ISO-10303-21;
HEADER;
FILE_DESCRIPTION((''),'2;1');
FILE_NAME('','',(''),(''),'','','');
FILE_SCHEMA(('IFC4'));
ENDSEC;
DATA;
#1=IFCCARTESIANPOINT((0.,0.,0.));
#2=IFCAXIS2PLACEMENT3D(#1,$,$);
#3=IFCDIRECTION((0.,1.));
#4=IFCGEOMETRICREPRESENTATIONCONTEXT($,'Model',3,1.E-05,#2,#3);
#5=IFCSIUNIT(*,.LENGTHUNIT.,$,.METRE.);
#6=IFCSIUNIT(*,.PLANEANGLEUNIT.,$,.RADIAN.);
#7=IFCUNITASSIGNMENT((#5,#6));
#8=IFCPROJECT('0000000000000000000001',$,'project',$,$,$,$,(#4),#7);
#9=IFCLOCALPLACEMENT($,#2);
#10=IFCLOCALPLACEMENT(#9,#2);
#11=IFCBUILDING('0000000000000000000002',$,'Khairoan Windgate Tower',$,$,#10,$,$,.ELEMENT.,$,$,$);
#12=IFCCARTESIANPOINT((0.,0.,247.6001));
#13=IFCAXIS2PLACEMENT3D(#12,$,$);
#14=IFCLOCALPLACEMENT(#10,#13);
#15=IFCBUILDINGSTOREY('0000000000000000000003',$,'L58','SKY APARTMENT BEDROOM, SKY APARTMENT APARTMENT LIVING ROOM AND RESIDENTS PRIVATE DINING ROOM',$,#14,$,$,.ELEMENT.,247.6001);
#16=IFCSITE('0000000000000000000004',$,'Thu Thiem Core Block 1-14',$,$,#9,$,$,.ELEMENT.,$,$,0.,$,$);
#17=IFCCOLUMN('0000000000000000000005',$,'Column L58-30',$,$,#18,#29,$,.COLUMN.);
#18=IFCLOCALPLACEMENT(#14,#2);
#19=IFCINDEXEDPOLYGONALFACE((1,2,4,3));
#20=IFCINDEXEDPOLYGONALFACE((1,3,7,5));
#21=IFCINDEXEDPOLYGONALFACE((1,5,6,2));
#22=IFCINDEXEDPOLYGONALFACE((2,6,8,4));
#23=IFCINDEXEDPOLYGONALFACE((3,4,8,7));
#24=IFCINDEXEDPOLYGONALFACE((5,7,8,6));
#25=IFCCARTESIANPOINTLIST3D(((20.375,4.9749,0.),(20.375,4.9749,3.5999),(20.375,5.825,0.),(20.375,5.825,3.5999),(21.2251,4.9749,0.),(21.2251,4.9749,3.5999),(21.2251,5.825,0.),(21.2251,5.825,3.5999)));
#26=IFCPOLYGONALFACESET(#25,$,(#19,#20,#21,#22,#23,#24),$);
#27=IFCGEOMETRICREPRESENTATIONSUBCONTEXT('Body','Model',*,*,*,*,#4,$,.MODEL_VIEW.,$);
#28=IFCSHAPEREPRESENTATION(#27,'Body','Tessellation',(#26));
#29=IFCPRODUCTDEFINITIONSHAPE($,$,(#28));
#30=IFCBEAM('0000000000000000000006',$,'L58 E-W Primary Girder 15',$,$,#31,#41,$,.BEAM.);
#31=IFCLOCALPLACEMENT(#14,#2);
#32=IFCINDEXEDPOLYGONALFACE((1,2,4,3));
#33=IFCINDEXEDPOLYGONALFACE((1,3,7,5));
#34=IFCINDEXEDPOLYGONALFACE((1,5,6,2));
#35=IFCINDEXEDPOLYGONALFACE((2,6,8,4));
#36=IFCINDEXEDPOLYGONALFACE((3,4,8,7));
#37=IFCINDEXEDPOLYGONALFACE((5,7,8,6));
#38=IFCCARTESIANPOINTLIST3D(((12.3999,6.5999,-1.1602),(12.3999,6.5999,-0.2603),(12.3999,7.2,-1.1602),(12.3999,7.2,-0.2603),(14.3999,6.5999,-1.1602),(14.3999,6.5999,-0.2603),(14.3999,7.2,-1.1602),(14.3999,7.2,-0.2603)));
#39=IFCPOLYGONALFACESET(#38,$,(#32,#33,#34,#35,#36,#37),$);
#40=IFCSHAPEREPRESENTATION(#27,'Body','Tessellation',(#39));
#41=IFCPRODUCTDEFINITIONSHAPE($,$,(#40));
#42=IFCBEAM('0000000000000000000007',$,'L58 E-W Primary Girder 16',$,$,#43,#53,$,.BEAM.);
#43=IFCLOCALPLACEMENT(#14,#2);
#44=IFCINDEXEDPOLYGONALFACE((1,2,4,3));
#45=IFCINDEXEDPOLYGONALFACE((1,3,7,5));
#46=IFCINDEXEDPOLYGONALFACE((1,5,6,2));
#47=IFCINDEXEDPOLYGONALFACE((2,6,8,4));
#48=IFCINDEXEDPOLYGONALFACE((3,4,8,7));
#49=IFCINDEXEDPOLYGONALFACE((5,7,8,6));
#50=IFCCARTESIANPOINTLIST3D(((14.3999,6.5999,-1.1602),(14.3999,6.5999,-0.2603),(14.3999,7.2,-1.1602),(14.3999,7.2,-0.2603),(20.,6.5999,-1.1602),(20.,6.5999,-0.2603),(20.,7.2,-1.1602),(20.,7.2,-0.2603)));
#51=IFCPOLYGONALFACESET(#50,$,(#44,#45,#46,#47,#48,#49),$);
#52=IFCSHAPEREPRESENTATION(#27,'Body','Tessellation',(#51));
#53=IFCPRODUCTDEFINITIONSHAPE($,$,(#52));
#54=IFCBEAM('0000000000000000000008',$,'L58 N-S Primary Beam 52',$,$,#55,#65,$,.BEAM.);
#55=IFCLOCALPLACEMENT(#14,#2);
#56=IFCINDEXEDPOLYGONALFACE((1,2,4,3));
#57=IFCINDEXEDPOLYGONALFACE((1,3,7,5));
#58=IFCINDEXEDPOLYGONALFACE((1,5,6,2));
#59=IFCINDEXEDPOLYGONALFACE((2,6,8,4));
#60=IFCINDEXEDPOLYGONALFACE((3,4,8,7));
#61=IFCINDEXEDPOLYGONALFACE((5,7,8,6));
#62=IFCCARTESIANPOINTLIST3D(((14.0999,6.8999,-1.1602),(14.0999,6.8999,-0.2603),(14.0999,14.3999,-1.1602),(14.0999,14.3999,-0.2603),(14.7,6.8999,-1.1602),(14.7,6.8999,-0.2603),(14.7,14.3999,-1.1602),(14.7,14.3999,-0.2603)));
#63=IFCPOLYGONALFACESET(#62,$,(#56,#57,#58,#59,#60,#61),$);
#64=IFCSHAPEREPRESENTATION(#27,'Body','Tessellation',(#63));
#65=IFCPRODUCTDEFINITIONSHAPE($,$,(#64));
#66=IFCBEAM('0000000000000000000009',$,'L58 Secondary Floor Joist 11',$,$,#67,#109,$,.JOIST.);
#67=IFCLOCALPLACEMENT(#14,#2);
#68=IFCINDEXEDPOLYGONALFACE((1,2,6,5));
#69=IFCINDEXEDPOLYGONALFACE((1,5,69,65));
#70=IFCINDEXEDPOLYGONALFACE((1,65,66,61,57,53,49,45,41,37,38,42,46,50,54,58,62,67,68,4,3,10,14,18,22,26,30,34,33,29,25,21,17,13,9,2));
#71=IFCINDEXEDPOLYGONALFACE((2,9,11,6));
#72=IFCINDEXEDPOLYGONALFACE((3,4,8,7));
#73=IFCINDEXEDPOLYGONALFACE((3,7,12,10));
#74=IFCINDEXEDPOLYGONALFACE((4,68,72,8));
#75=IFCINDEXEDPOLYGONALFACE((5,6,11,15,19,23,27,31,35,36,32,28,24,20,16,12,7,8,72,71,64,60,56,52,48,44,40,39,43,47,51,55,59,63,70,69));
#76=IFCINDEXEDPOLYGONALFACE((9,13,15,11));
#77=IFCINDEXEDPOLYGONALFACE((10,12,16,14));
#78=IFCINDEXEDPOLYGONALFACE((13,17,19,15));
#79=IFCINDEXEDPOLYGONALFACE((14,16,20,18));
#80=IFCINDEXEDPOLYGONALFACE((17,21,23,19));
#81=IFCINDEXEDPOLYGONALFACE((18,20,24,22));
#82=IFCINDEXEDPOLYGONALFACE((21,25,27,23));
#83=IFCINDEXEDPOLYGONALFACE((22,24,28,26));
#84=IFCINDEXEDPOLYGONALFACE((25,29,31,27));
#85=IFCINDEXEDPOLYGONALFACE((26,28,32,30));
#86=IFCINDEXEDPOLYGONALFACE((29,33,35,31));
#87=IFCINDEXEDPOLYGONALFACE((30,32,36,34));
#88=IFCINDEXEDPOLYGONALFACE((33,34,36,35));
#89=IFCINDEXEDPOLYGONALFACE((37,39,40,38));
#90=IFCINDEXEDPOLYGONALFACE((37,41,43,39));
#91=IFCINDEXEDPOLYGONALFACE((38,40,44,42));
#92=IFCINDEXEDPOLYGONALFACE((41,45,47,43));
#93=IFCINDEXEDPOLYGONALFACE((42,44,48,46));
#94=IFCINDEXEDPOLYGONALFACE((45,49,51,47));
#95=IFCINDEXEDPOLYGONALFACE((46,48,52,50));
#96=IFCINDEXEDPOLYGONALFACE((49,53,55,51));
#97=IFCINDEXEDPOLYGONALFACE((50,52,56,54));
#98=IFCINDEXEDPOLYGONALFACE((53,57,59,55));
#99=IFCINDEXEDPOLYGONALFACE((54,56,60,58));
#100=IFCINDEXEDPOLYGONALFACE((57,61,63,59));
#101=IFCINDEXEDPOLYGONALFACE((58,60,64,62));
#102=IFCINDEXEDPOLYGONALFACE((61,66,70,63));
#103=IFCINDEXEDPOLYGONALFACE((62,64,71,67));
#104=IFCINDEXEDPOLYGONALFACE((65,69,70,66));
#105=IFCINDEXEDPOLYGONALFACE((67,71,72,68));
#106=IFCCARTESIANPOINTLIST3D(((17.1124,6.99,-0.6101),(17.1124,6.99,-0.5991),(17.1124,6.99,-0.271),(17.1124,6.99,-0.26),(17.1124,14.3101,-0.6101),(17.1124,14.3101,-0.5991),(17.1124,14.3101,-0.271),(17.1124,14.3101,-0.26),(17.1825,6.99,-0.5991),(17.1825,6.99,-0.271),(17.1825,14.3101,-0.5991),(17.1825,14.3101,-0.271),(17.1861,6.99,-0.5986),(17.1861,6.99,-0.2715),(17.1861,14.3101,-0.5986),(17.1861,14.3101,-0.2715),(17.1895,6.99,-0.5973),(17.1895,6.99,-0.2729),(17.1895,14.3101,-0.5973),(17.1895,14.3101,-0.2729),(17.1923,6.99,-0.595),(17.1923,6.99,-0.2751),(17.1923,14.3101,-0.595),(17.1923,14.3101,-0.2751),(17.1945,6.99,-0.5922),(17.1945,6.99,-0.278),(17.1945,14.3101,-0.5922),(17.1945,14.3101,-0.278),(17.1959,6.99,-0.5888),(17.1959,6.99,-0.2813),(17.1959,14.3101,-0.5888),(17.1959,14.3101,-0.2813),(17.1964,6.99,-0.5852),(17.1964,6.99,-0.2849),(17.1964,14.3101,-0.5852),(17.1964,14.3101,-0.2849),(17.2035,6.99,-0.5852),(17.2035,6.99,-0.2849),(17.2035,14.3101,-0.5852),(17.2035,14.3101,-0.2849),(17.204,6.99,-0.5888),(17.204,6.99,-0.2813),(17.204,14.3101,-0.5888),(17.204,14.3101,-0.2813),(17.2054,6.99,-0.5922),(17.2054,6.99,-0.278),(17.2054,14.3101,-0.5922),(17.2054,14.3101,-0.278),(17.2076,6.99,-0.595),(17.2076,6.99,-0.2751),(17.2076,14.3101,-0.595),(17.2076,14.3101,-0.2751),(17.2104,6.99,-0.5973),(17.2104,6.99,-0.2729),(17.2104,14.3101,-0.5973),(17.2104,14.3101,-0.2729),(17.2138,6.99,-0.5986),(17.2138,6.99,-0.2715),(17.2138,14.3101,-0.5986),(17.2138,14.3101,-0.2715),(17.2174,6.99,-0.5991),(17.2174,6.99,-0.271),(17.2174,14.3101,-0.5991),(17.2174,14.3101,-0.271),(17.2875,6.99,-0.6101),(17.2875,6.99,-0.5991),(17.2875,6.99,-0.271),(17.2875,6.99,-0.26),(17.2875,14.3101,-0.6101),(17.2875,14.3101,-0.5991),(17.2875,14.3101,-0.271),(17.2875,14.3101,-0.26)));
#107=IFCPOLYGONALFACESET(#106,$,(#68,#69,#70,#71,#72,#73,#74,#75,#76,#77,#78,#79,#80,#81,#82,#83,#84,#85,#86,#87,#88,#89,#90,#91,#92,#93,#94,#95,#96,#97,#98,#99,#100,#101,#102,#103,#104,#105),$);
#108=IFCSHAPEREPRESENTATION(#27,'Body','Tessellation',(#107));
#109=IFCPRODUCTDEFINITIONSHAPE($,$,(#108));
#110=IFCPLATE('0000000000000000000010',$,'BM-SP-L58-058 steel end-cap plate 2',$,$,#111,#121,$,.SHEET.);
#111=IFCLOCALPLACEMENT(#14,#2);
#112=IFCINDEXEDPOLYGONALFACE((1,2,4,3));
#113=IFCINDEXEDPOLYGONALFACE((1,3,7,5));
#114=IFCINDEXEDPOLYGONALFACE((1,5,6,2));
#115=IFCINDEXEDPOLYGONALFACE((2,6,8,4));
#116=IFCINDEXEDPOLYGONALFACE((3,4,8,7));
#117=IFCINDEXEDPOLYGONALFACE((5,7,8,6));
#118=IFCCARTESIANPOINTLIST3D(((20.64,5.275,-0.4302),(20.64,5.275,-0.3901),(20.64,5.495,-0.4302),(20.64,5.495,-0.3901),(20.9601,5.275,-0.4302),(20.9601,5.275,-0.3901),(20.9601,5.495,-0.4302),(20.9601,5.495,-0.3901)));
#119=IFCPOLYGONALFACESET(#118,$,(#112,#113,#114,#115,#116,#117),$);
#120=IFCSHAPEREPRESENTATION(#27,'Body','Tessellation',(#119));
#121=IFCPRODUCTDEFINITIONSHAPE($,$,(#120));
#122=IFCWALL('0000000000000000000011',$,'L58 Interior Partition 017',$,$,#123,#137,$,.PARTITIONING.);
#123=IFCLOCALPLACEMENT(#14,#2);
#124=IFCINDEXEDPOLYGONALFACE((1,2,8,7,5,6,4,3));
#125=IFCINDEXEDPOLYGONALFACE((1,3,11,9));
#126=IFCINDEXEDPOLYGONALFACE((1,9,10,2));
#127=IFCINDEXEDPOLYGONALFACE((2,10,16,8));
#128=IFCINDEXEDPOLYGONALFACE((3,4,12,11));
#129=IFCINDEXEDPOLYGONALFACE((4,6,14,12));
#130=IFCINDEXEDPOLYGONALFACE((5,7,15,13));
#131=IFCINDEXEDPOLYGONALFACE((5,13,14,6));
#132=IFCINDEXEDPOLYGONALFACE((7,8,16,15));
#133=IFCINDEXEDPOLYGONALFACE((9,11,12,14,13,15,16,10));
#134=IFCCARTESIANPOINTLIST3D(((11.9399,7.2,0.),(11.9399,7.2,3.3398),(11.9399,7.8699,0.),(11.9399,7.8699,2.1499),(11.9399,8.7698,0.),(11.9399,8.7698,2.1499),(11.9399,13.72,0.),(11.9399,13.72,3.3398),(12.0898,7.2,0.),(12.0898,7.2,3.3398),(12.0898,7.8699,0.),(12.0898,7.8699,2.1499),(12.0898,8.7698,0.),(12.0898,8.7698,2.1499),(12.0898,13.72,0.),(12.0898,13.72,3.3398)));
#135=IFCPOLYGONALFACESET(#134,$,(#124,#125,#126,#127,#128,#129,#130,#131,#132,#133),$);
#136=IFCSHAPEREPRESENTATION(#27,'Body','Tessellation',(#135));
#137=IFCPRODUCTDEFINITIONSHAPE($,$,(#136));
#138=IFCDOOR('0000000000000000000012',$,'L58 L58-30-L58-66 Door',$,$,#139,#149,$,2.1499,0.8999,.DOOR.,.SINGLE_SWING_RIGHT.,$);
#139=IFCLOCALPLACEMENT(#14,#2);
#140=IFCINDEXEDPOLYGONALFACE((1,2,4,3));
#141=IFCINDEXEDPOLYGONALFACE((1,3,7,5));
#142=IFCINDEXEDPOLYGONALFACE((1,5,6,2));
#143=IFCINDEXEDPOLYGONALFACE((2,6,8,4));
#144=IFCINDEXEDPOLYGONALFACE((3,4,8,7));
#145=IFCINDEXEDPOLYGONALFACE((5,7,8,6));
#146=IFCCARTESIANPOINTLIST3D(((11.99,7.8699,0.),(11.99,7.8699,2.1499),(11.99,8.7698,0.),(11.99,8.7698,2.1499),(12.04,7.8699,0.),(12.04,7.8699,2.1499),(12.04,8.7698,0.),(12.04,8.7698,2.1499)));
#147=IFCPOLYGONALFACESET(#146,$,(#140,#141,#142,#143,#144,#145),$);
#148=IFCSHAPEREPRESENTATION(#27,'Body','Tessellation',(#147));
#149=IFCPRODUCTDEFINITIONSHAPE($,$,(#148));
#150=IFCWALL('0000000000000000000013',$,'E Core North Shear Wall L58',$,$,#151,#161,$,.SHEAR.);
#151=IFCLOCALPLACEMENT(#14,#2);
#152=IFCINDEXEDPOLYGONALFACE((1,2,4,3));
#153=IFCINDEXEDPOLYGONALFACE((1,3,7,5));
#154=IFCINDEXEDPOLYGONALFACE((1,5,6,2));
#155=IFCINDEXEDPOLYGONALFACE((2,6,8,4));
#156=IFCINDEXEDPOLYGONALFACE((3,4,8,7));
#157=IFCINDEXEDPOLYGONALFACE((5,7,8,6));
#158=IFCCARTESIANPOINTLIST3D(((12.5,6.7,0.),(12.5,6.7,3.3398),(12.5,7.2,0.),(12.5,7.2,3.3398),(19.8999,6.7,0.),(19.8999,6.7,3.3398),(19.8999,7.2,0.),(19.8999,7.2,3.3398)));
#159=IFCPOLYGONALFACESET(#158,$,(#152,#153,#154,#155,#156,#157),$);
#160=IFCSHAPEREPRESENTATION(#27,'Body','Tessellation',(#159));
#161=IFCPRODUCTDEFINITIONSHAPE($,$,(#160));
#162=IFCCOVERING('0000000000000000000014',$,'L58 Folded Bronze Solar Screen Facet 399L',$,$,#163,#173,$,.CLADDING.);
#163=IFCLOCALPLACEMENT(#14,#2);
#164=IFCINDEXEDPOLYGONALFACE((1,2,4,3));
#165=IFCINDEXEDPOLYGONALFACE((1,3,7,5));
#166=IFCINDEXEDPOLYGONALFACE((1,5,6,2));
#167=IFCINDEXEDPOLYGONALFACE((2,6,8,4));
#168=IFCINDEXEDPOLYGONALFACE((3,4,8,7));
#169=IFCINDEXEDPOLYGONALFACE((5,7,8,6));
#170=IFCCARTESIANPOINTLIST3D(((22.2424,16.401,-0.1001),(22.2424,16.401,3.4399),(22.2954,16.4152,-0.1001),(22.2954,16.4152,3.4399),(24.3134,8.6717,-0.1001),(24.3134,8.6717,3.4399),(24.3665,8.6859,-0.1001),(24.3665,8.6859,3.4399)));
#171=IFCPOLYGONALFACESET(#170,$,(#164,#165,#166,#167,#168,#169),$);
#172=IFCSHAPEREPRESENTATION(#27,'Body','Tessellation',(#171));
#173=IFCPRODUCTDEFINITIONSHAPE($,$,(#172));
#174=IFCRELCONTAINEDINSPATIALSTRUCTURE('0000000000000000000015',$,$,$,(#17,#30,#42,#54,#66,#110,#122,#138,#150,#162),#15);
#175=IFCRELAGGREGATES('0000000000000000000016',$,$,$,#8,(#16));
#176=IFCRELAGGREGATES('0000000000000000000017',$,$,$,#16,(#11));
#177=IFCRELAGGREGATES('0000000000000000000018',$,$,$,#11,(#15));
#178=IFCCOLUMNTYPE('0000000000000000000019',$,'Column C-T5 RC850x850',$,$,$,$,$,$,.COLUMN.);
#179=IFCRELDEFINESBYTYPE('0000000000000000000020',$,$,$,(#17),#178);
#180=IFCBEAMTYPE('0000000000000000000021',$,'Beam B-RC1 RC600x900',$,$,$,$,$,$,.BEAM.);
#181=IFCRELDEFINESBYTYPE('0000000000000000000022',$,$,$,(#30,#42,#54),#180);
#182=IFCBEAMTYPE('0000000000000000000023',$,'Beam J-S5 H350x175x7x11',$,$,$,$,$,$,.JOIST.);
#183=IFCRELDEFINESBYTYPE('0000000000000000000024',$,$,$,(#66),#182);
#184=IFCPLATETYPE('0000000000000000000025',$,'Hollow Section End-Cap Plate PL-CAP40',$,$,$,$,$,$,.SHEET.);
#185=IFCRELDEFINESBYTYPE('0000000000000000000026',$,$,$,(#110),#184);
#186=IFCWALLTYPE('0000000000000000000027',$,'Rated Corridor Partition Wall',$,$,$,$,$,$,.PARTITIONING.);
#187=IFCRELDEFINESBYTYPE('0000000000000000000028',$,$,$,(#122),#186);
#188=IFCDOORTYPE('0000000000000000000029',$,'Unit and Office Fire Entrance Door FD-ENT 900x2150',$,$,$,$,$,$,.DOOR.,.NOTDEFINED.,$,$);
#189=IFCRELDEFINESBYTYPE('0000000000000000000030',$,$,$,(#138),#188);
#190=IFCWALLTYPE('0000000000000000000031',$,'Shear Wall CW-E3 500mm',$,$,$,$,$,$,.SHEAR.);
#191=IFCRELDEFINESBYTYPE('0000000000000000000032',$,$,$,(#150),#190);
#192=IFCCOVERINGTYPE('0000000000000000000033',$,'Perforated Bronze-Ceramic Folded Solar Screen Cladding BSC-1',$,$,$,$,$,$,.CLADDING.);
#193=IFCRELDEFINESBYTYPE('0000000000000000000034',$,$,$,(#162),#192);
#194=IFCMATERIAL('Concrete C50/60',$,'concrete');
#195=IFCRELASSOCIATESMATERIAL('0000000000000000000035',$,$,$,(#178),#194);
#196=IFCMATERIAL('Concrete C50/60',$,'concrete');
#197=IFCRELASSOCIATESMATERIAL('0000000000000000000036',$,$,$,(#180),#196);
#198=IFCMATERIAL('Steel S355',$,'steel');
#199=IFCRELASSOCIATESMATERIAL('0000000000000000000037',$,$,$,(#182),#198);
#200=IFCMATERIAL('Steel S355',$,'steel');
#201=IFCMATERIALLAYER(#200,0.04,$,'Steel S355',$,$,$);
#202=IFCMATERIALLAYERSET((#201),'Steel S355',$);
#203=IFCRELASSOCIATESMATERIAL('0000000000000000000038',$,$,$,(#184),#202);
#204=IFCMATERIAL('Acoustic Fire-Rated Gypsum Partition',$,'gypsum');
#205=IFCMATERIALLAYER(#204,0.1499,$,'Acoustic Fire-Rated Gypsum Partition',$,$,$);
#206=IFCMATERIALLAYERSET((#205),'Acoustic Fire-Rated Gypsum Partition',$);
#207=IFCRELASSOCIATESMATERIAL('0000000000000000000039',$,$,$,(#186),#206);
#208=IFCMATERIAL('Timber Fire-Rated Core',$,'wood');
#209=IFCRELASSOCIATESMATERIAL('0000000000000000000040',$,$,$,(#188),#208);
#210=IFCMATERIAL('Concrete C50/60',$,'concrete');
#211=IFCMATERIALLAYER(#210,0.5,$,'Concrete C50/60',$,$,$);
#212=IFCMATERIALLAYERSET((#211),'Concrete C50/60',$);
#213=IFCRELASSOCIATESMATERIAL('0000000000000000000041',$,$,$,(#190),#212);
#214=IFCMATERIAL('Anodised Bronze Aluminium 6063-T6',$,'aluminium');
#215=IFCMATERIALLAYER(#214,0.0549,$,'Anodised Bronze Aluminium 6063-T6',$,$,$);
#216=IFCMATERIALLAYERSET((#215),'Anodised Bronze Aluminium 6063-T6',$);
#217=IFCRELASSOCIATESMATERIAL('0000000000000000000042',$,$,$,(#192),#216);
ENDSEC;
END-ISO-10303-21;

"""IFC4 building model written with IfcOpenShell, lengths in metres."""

from ifc_helpers import new_model, si_unit, direction, frame, frame_2d, origin, origin_2d, place, context, subcontext, project, spatial, rectangle, i_section, extrude, material, layer, layer_set, material_profile, profile_set, type_object, element, fill, save


model = new_model("IFC4")

# Units and contexts
model_context = context("Model", 3, precision=1e-05, world=origin(), true_north=direction((0.0, 1.0)))
body_context = subcontext(model_context, "Body", "Model", "MODEL_VIEW")
ifc_project = project(units=[si_unit("LENGTHUNIT", "METRE"), si_unit("PLANEANGLEUNIT", "RADIAN")], contexts=[model_context])

# Site, building, storey
site_placement = place(None, origin())
site = spatial("IfcSite", under=ifc_project, at=site_placement, Name="Thu Thiem Core Block 1-14", CompositionType="ELEMENT", RefElevation=0.0)
building_placement = place(site_placement, origin())
building = spatial("IfcBuilding", under=site, at=building_placement, Name="Khairoan Windgate Tower", CompositionType="ELEMENT")
storey_placement = place(building_placement, frame((0.0, 0.0, 247.6001)))
storey = spatial("IfcBuildingStorey", under=building, at=storey_placement, Name="L58", Description="SKY APARTMENT BEDROOM, SKY APARTMENT APARTMENT LIVING ROOM AND RESIDENTS PRIVATE DINING ROOM", CompositionType="ELEMENT", Elevation=247.6001)

# Column
ifc_material_1 = material(Name="Concrete C50/60", Category="concrete")
ifc_material_profile_1 = material_profile(ifc_material_1, rectangle(XDim=0.8501, YDim=0.8501, at=origin_2d()))
ifc_profile_set_1 = profile_set([ifc_material_profile_1], Name="Concrete C50/60")
column_type = type_object("IfcColumnType", Name="Column C-T5 RC850x850", PredefinedType="COLUMN", material=ifc_profile_set_1)
column_placement = place(storey_placement, frame((20.8, 5.3999, 0.0), z_axis=(0.0, 0.0, 1.0), x_axis=(1.0, 0.0, 0.0)))
element("IfcColumn", 1, at=column_placement, inside=storey, type_object=column_type, Name="Column L58-30", PredefinedType="COLUMN", context=body_context, shape_type="SweptSolid", body=[
    extrude(rectangle(XDim=0.8501, YDim=0.8501, at=origin_2d()), origin(), (0.0, 0.0, 1.0), 3.5999),
])

# Beams
ifc_material_2 = material(Name="Concrete C50/60", Category="concrete")
ifc_material_profile_2 = material_profile(ifc_material_2, rectangle(XDim=0.6001, YDim=0.8999, at=origin_2d()))
ifc_profile_set_2 = profile_set([ifc_material_profile_2], Name="Concrete C50/60")
beam_type_1 = type_object("IfcBeamType", Name="Beam B-RC1 RC600x900", PredefinedType="BEAM", material=ifc_profile_set_2)
beam_1_placement = place(storey_placement, frame((12.3999, 6.8999, -0.7102), z_axis=(1.0, 0.0, 0.0), x_axis=(0.0, 1.0, 0.0)))
element("IfcBeam", 2, at=beam_1_placement, inside=storey, type_object=beam_type_1, Name="L58 E-W Primary Girder 15", PredefinedType="BEAM", context=body_context, shape_type="SweptSolid", body=[
    extrude(rectangle(XDim=0.6001, YDim=0.8999, at=origin_2d()), origin(), (0.0, 0.0, 1.0), 2.0),
])
beam_2_placement = place(storey_placement, frame((14.3999, 6.8999, -0.7102), z_axis=(1.0, 0.0, 0.0), x_axis=(0.0, 1.0, 0.0)))
element("IfcBeam", 3, at=beam_2_placement, inside=storey, type_object=beam_type_1, Name="L58 E-W Primary Girder 16", PredefinedType="BEAM", context=body_context, shape_type="SweptSolid", body=[
    extrude(rectangle(XDim=0.6001, YDim=0.8999, at=origin_2d()), origin(), (0.0, 0.0, 1.0), 5.6001),
])
beam_3_placement = place(storey_placement, frame((14.3999, 6.8999, -0.7102), z_axis=(0.0, 1.0, 0.0), x_axis=(-1.0, 0.0, 0.0)))
element("IfcBeam", 4, at=beam_3_placement, inside=storey, type_object=beam_type_1, Name="L58 N-S Primary Beam 52", PredefinedType="BEAM", context=body_context, shape_type="SweptSolid", body=[
    extrude(rectangle(XDim=0.6001, YDim=0.8999, at=origin_2d()), origin(), (0.0, 0.0, 1.0), 7.5),
])
ifc_material_3 = material(Name="Steel S355", Category="steel")
ifc_material_profile_3 = material_profile(ifc_material_3, i_section(OverallWidth=0.175, OverallDepth=0.3501, WebThickness=0.0071, FlangeThickness=0.011, FilletRadius=0.0139, at=origin_2d()))
ifc_profile_set_3 = profile_set([ifc_material_profile_3], Name="Steel S355")
beam_type_2 = type_object("IfcBeamType", Name="Beam J-S5 H350x175x7x11", PredefinedType="JOIST", material=ifc_profile_set_3)
beam_4_placement = place(storey_placement, frame((17.2, 6.99, -0.4351), z_axis=(0.0, 1.0, 0.0), x_axis=(-1.0, 0.0, 0.0)))
element("IfcBeam", 5, at=beam_4_placement, inside=storey, type_object=beam_type_2, Name="L58 Secondary Floor Joist 11", PredefinedType="JOIST", context=body_context, shape_type="SweptSolid", body=[
    extrude(i_section(OverallWidth=0.175, OverallDepth=0.3501, WebThickness=0.0071, FlangeThickness=0.011, FilletRadius=0.0139, at=origin_2d()), origin(), (0.0, 0.0, 1.0), 7.3201),
])

# Plate
ifc_material_4 = material(Name="Steel S355", Category="steel")
ifc_layer_1 = layer(ifc_material_4, 0.04, Name="Steel S355")
ifc_layer_set_1 = layer_set([ifc_layer_1], Name="Steel S355")
plate_type = type_object("IfcPlateType", Name="Hollow Section End-Cap Plate PL-CAP40", PredefinedType="SHEET", material=ifc_layer_set_1)
plate_placement = place(storey_placement, frame((20.8, 5.385, -0.4302), z_axis=(0.0, 0.0, 1.0), x_axis=(0.0, 1.0, 0.0)))
element("IfcPlate", 6, at=plate_placement, inside=storey, type_object=plate_type, Name="BM-SP-L58-058 steel end-cap plate 2", PredefinedType="SHEET", context=body_context, shape_type="SweptSolid", body=[
    extrude(rectangle(XDim=0.22, YDim=0.3201, at=origin_2d()), origin(), (0.0, 0.0, 1.0), 0.04),
])

# Wall, opening, door
ifc_material_5 = material(Name="Acoustic Fire-Rated Gypsum Partition", Category="gypsum")
ifc_layer_2 = layer(ifc_material_5, 0.1499, Name="Acoustic Fire-Rated Gypsum Partition")
ifc_layer_set_2 = layer_set([ifc_layer_2], Name="Acoustic Fire-Rated Gypsum Partition")
wall_type_1 = type_object("IfcWallType", Name="Rated Corridor Partition Wall", PredefinedType="PARTITIONING", material=ifc_layer_set_2)
wall_1_placement = place(storey_placement, frame((12.0149, 7.2, 0.0), z_axis=(0.0, 0.0, 1.0), x_axis=(0.0, 1.0, 0.0)))
wall_1 = element("IfcWall", 7, at=wall_1_placement, inside=storey, type_object=wall_type_1, Name="L58 Interior Partition 017", PredefinedType="PARTITIONING", context=body_context, shape_type="SweptSolid", body=[
    extrude(rectangle(XDim=6.52, YDim=0.1499, at=frame_2d((3.26, 0.0))), origin(), (0.0, 0.0, 1.0), 3.3398),
])
opening_placement = place(wall_1_placement, frame((0.6699, 0.0, 0.0)))
opening = element("IfcOpeningElement", 8, at=opening_placement, cuts=wall_1, PredefinedType="OPENING", context=body_context, shape_type="SweptSolid", body=[
    extrude(rectangle(XDim=0.8999, YDim=2.1499, at=frame_2d((0.45, 1.075))), frame((0.0, 0.085, 0.0), z_axis=(0.0, -1.0, 0.0), x_axis=(1.0, 0.0, 0.0)), (0.0, 0.0, 1.0), 0.1699),
])
ifc_material_6 = material(Name="Timber Fire-Rated Core", Category="wood")
door_type = type_object("IfcDoorType", Name="Unit and Office Fire Entrance Door FD-ENT 900x2150", OperationType="NOTDEFINED", PredefinedType="DOOR", material=ifc_material_6)
door_placement = place(opening_placement, origin())
door = element("IfcDoor", 9, at=door_placement, inside=storey, type_object=door_type, Name="L58 L58-30-L58-66 Door", OperationType="SINGLE_SWING_RIGHT", OverallHeight=2.1499, OverallWidth=0.8999, PredefinedType="DOOR", context=body_context, shape_type="SweptSolid", body=[
    extrude(rectangle(XDim=0.8999, YDim=2.1499, at=frame_2d((0.45, 1.075))), frame((0.0, 0.0249, 0.0), z_axis=(0.0, -1.0, 0.0), x_axis=(1.0, 0.0, 0.0)), (0.0, 0.0, 1.0), 0.05),
])
fill(opening, door)

# Wall
ifc_material_7 = material(Name="Concrete C50/60", Category="concrete")
ifc_layer_3 = layer(ifc_material_7, 0.5, Name="Concrete C50/60")
ifc_layer_set_3 = layer_set([ifc_layer_3], Name="Concrete C50/60")
wall_type_2 = type_object("IfcWallType", Name="Shear Wall CW-E3 500mm", PredefinedType="SHEAR", material=ifc_layer_set_3)
wall_2_placement = place(storey_placement, frame((12.5, 6.95, 0.0), z_axis=(0.0, 0.0, 1.0), x_axis=(1.0, 0.0, 0.0)))
element("IfcWall", 10, at=wall_2_placement, inside=storey, type_object=wall_type_2, Name="E Core North Shear Wall L58", PredefinedType="SHEAR", context=body_context, shape_type="SweptSolid", body=[
    extrude(rectangle(XDim=7.3999, YDim=0.5, at=frame_2d((3.7, 0.0))), origin(), (0.0, 0.0, 1.0), 3.3398),
])

# Covering
ifc_material_8 = material(Name="Anodised Bronze Aluminium 6063-T6", Category="aluminium")
ifc_layer_4 = layer(ifc_material_8, 0.0549, Name="Anodised Bronze Aluminium 6063-T6")
ifc_layer_set_4 = layer_set([ifc_layer_4], Name="Anodised Bronze Aluminium 6063-T6")
covering_type = type_object("IfcCoveringType", Name="Perforated Bronze-Ceramic Folded Solar Screen Cladding BSC-1", PredefinedType="CLADDING", material=ifc_layer_set_4)
covering_placement = place(storey_placement, frame((23.3044, 12.5435, -0.1001), z_axis=(0.0, 0.0, 1.0), x_axis=(0.258819, -0.965926, 0.0)))
element("IfcCovering", 11, at=covering_placement, inside=storey, type_object=covering_type, Name="L58 Folded Bronze Solar Screen Facet 399L", PredefinedType="CLADDING", context=body_context, shape_type="SweptSolid", body=[
    extrude(rectangle(XDim=8.002, YDim=0.0549, at=origin_2d()), origin(), (0.0, 0.0, 1.0), 3.54),
])

save(model, "model.ifc")
